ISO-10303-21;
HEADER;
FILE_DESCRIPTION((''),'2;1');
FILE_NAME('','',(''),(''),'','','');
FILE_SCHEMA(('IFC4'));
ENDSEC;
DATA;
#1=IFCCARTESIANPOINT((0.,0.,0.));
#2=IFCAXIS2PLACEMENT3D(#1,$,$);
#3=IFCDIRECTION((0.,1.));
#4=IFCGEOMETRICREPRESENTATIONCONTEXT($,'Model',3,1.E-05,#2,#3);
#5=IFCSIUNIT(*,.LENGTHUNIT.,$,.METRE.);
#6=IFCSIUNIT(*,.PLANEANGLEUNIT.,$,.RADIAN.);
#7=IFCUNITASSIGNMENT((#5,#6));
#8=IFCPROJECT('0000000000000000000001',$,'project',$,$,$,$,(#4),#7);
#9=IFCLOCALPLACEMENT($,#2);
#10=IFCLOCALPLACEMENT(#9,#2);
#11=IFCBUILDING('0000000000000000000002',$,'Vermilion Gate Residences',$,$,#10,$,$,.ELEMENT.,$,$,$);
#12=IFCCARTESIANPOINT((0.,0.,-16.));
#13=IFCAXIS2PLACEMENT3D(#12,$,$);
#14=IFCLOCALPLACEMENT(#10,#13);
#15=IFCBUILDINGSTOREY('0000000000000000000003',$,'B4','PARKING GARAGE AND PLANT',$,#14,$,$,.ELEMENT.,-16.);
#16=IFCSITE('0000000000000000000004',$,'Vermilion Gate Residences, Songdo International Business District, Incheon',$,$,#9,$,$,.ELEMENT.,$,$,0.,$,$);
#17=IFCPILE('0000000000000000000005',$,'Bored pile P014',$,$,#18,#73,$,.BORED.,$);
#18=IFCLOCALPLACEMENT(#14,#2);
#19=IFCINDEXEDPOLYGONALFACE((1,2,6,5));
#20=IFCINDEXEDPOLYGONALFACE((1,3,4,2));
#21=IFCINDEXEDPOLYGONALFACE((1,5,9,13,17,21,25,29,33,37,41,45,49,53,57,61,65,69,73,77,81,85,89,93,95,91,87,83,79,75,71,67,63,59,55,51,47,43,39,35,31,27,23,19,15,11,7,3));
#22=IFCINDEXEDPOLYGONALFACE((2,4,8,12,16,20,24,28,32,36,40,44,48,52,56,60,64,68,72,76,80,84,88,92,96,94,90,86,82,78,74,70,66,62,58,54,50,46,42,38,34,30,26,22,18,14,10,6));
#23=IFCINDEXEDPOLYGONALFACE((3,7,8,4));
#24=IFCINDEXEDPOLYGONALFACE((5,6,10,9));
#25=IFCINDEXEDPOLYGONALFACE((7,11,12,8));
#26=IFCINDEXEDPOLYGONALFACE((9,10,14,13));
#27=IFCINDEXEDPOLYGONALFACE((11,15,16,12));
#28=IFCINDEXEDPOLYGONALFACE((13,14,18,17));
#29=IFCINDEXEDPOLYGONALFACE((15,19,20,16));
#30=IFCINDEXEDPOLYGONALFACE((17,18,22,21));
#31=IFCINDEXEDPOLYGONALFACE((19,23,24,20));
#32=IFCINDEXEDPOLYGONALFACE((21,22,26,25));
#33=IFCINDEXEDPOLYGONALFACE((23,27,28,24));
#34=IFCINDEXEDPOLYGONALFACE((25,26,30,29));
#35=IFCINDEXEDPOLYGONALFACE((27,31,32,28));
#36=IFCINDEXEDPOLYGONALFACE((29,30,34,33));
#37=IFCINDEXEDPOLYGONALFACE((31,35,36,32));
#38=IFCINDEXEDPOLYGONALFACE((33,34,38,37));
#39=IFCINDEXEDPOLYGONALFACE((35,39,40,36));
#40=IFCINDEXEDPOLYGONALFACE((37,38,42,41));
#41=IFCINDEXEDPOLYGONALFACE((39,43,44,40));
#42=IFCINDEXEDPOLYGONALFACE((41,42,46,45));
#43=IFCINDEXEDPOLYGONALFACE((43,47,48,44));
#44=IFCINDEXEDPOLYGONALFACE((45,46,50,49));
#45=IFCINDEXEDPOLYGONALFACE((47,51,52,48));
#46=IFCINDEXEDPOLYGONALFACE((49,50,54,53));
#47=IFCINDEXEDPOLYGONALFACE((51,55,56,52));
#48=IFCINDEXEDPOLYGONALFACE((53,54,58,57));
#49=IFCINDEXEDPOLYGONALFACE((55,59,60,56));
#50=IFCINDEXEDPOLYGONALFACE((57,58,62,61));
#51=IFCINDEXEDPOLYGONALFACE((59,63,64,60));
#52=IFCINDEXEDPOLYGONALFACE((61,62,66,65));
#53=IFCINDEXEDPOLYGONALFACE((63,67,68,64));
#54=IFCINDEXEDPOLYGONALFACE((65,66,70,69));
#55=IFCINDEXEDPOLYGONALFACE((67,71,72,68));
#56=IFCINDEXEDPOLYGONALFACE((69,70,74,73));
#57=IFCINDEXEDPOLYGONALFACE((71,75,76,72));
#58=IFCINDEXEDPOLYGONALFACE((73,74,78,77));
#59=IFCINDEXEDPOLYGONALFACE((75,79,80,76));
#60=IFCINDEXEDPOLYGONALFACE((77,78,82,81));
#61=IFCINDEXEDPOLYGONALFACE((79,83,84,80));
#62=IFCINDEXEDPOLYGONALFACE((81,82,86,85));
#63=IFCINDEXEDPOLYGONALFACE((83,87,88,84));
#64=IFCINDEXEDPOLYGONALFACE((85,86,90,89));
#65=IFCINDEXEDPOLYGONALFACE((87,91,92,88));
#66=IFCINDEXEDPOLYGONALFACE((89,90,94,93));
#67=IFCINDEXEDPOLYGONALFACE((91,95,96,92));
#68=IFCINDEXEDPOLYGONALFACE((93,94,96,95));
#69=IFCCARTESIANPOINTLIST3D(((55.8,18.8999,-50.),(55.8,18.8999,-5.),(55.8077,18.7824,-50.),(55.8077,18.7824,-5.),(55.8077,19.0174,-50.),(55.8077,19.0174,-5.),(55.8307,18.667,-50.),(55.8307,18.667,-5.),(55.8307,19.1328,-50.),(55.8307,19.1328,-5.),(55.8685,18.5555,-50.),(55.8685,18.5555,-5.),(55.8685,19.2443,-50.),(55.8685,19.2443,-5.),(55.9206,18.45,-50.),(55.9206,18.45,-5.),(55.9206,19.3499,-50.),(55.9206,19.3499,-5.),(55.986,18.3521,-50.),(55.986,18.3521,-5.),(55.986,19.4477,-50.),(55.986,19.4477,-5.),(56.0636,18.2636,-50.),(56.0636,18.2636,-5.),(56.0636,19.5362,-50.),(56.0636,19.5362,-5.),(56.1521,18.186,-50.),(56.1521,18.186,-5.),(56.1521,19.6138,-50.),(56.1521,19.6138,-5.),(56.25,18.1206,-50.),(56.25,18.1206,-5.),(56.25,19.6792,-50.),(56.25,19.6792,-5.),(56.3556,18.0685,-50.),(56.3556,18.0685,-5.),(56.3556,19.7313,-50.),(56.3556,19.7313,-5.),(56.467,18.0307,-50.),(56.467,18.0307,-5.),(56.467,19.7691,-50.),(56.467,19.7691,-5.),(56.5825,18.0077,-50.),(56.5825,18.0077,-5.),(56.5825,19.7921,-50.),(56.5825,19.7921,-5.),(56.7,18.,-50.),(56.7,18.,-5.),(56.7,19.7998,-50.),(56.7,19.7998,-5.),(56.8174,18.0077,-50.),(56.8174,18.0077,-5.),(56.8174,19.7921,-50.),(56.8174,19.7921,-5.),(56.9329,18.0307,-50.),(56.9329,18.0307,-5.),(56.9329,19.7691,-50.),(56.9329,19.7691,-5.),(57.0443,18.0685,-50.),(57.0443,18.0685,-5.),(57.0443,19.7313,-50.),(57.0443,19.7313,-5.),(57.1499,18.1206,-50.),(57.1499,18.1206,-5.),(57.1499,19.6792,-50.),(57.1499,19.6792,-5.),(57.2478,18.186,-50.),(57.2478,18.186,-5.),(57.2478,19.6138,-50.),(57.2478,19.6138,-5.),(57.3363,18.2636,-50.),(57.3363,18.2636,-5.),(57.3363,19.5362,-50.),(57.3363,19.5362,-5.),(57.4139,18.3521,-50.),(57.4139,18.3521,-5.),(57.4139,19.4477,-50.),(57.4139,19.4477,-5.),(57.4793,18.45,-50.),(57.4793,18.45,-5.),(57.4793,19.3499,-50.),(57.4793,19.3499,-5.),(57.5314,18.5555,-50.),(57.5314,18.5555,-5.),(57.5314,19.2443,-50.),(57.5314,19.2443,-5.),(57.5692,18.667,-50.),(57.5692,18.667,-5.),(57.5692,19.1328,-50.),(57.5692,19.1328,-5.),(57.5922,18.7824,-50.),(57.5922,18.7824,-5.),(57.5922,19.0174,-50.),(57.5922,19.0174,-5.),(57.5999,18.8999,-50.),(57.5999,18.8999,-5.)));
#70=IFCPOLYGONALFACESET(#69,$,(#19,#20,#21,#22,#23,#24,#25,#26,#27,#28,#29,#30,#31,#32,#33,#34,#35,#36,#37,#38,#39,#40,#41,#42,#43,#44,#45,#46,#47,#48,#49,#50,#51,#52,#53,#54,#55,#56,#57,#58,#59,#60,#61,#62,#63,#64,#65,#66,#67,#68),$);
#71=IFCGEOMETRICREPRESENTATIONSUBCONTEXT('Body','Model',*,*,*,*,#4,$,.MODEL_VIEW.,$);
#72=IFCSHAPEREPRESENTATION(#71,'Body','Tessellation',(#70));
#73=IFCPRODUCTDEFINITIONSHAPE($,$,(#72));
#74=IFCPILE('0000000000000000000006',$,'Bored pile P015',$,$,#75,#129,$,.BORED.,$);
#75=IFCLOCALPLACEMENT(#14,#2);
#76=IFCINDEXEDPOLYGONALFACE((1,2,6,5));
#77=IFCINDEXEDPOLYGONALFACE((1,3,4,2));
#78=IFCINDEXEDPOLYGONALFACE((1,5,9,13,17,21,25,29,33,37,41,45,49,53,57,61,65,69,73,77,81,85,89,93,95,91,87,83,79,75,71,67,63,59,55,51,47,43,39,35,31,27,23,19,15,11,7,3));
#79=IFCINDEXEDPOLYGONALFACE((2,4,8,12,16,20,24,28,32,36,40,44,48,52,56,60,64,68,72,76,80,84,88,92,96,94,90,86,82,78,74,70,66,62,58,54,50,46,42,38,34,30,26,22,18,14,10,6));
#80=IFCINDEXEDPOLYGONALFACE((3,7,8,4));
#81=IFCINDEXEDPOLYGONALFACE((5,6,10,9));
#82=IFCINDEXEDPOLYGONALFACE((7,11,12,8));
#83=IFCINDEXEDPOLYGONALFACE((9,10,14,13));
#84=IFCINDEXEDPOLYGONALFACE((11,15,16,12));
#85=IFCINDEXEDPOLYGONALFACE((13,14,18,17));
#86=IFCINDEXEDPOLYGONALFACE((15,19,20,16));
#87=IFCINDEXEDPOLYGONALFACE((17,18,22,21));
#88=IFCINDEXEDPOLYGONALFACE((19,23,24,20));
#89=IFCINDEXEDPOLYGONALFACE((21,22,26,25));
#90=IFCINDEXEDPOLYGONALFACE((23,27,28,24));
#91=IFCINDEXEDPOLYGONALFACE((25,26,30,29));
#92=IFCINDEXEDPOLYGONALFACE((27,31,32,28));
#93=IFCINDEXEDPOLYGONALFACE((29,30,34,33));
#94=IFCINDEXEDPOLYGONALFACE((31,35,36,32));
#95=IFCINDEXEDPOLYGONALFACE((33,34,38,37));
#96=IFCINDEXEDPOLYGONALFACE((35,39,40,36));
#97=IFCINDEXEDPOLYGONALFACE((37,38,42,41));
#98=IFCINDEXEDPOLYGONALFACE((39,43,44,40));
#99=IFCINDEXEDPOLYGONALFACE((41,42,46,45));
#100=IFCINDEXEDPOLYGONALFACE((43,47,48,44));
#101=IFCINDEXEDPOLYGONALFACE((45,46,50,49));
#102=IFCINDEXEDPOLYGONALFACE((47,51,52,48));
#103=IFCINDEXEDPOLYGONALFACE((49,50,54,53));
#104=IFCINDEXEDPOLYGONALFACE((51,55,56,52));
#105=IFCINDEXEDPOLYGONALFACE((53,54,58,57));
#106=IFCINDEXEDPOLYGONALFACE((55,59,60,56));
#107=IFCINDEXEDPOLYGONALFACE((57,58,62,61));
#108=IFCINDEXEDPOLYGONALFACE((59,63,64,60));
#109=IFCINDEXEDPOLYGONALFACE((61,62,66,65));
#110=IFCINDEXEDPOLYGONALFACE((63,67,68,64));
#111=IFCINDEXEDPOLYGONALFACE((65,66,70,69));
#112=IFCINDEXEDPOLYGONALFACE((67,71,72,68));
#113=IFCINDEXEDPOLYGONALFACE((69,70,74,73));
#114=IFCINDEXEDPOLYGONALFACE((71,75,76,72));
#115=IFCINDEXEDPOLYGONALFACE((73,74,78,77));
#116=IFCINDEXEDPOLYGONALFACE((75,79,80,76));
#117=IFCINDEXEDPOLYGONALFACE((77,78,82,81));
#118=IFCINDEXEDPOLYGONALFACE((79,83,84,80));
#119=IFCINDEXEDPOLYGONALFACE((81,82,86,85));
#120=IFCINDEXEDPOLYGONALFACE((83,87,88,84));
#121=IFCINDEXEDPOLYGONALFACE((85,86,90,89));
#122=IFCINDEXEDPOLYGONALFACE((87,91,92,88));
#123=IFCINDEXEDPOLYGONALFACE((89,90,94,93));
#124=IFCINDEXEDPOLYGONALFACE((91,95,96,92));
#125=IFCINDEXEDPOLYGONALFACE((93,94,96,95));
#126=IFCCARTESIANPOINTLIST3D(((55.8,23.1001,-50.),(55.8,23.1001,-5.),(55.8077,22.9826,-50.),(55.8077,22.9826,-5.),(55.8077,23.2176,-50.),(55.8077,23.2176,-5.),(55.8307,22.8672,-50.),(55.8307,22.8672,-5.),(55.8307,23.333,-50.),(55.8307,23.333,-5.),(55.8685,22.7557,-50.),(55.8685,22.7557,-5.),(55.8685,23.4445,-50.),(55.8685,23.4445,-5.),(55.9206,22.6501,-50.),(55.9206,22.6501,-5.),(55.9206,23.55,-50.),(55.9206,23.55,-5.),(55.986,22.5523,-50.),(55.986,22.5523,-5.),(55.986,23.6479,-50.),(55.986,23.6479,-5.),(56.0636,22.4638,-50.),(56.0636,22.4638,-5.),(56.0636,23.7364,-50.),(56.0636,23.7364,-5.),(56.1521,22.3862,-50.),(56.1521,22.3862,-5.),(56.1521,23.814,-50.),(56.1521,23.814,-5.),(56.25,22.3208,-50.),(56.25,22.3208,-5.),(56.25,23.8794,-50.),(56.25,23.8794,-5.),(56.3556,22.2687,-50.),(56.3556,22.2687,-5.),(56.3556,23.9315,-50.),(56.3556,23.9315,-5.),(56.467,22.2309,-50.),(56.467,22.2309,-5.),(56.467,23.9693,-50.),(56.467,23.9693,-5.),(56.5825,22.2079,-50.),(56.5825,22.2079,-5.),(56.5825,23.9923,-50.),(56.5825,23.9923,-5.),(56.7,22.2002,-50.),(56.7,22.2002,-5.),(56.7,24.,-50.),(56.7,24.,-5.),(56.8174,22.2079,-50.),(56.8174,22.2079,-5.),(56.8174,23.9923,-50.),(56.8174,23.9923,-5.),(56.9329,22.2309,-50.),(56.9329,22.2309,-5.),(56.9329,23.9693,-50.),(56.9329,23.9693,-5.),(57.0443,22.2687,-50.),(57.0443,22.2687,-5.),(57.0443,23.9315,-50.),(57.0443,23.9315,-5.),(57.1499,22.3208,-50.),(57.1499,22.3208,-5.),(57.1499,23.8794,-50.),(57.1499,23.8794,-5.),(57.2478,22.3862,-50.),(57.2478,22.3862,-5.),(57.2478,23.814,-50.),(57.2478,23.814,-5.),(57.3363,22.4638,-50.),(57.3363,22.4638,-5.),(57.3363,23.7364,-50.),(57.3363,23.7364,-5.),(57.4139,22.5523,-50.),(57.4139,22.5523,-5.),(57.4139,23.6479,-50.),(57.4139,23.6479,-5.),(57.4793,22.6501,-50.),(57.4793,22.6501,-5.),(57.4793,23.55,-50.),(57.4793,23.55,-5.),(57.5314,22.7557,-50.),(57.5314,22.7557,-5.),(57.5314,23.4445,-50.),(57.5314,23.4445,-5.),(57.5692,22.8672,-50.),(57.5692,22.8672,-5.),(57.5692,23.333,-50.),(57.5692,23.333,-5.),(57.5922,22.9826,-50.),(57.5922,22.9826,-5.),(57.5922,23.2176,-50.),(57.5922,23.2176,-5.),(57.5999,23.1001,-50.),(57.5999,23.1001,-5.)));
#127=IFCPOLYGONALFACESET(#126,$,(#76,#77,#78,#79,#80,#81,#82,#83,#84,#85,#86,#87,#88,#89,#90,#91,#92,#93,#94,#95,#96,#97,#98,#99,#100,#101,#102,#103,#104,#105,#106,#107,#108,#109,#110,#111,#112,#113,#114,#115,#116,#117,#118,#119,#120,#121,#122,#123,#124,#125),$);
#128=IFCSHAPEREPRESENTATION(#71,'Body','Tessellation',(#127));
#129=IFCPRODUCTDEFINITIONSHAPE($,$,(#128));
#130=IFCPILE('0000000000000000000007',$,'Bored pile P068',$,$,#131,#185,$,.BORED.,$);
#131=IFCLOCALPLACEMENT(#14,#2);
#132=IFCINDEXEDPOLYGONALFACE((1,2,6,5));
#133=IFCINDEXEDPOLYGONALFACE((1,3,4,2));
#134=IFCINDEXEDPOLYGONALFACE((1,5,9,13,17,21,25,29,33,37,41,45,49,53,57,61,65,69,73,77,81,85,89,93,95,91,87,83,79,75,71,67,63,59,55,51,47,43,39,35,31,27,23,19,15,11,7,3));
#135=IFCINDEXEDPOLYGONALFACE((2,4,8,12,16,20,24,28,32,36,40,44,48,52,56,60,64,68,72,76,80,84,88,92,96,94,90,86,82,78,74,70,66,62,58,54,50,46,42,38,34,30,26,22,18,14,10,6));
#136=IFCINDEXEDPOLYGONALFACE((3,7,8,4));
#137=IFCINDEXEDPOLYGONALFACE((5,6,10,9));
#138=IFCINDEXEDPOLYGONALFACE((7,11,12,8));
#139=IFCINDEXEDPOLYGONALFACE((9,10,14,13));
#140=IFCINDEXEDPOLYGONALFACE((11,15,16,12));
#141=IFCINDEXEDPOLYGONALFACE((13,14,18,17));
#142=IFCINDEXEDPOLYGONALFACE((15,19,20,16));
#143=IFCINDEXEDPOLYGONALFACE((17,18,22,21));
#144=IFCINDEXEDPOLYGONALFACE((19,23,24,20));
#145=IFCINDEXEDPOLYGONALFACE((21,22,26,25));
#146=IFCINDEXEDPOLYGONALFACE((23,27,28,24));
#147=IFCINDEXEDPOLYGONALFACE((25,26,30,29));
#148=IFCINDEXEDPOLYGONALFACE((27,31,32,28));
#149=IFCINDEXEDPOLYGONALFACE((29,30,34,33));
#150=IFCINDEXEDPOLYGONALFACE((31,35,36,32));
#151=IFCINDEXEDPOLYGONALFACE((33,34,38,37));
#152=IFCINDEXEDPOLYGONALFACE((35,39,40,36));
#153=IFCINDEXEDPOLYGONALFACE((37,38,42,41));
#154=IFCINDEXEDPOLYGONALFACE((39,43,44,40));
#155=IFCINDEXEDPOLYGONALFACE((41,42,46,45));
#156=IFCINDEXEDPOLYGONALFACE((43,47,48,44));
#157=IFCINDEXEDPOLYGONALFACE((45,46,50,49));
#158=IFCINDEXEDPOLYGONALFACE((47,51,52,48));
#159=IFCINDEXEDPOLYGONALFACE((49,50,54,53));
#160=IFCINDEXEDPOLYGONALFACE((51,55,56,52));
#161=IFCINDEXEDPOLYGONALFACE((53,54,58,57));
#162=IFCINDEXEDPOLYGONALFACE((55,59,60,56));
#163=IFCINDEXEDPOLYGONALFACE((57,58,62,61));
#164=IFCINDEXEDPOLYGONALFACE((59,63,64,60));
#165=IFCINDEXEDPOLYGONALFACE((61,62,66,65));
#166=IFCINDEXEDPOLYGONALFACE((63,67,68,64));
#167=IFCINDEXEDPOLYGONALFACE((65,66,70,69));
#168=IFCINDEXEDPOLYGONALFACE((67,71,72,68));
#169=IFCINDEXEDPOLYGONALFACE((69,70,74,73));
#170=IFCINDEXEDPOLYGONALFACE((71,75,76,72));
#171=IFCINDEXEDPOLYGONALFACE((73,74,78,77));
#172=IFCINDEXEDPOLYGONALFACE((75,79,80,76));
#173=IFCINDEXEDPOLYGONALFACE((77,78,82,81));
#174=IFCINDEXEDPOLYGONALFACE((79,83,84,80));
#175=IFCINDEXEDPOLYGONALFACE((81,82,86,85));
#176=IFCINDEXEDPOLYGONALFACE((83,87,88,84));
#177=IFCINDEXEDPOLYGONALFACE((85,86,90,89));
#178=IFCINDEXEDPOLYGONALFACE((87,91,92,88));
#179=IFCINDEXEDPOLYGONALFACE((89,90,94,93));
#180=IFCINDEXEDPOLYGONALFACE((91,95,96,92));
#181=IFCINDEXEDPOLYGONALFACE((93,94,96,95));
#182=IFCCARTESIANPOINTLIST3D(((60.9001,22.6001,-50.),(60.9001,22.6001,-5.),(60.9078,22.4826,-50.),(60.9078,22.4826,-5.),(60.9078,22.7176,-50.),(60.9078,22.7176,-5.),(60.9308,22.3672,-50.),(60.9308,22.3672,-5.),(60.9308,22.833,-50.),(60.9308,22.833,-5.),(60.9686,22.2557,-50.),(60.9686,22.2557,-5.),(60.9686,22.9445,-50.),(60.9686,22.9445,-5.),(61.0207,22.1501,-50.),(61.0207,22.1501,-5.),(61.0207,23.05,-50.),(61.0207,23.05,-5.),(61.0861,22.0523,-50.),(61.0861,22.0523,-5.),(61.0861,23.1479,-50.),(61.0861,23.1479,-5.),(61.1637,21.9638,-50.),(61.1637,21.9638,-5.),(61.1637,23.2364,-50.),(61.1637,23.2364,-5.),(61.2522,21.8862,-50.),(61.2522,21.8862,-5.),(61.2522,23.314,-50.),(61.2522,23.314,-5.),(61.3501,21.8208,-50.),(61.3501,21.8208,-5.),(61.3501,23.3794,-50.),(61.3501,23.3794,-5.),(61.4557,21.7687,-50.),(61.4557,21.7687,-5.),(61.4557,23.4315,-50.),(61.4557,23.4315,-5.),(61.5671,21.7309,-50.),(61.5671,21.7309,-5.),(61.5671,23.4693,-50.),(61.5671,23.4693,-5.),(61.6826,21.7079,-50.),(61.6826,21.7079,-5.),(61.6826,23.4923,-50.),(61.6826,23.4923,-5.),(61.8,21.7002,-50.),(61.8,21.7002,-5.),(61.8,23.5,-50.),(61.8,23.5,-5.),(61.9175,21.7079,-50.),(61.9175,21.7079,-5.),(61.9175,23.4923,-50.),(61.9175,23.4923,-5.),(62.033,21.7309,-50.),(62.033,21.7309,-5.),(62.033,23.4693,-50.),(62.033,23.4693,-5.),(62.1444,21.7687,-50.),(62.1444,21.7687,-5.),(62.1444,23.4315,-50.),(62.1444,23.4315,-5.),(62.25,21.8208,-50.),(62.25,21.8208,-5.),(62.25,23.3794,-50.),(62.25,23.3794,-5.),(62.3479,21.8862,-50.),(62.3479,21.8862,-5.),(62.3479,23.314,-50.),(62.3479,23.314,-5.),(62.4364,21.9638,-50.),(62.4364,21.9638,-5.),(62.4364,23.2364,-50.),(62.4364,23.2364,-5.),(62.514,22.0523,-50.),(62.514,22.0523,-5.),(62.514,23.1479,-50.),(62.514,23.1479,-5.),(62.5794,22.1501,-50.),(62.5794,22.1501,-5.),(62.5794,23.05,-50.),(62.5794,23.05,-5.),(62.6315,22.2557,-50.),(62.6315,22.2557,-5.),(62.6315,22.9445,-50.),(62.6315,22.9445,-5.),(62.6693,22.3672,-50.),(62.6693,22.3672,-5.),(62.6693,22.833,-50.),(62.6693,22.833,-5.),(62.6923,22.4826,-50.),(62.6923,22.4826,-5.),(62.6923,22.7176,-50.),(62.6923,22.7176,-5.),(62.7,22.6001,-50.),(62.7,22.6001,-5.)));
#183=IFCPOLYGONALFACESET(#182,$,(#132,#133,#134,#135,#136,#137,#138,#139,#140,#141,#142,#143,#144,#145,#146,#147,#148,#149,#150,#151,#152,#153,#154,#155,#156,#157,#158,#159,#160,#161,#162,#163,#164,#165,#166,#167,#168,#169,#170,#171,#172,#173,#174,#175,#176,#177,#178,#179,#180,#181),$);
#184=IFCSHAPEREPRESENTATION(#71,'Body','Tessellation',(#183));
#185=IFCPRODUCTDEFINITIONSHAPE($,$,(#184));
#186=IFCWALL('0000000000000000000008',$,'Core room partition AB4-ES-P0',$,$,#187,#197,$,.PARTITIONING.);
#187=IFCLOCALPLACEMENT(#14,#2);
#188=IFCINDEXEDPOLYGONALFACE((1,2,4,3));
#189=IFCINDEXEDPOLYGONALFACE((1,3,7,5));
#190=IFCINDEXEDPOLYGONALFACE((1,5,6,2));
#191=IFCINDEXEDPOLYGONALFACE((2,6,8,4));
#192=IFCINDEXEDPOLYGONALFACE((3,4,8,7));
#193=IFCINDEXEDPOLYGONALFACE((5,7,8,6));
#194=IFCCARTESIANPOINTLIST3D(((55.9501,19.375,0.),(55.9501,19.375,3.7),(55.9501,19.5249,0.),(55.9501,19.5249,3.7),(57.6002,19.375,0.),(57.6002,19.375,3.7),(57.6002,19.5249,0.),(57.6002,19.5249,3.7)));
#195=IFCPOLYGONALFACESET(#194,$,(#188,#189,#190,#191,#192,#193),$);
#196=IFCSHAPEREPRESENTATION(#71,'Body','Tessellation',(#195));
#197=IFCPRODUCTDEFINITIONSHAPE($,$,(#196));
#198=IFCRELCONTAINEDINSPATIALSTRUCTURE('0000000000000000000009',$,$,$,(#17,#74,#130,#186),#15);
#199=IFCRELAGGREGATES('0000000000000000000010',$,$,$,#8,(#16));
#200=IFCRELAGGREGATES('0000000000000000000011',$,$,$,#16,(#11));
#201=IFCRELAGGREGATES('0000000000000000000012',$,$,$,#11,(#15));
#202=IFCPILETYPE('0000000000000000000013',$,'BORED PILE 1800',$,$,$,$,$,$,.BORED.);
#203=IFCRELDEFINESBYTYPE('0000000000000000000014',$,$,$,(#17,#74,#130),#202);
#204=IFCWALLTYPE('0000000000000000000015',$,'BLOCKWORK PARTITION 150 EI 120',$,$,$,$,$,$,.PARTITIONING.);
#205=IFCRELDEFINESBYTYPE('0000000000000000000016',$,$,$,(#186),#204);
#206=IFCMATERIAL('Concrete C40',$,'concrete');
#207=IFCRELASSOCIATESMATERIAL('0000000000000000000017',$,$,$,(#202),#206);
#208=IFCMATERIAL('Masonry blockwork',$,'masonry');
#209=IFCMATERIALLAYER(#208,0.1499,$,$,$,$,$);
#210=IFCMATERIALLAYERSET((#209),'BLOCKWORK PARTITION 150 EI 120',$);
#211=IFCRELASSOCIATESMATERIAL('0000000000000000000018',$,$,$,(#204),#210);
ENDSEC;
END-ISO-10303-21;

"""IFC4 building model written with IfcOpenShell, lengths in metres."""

from ifc_helpers import new_model, si_unit, direction, frame, frame_2d, origin, origin_2d, place, context, subcontext, project, spatial, rectangle, circle, extrude, material, layer, layer_set, material_profile, profile_set, type_object, element, save


model = new_model("IFC4")

# Units and contexts
model_context = context("Model", 3, precision=1e-05, world=origin(), true_north=direction((0.0, 1.0)))
body_context = subcontext(model_context, "Body", "Model", "MODEL_VIEW")
ifc_project = project(units=[si_unit("LENGTHUNIT", "METRE"), si_unit("PLANEANGLEUNIT", "RADIAN")], contexts=[model_context])

# Site, building, storey
site_placement = place(None, origin())
site = spatial("IfcSite", under=ifc_project, at=site_placement, Name="Vermilion Gate Residences, Songdo International Business District, Incheon", CompositionType="ELEMENT", RefElevation=0.0)
building_placement = place(site_placement, origin())
building = spatial("IfcBuilding", under=site, at=building_placement, Name="Vermilion Gate Residences", CompositionType="ELEMENT")
storey_placement = place(building_placement, frame((0.0, 0.0, -16.0)))
storey = spatial("IfcBuildingStorey", under=building, at=storey_placement, Name="B4", Description="PARKING GARAGE AND PLANT", CompositionType="ELEMENT", Elevation=-16.0)

# Piles
ifc_material_1 = material(Name="Concrete C40", Category="concrete")
ifc_material_profile_1 = material_profile(ifc_material_1, circle(Radius=0.8999, at=origin_2d()), Name="BORED PILE 1800")
ifc_profile_set_1 = profile_set([ifc_material_profile_1], Name="Concrete C40")
pile_type_1 = type_object("IfcPileType", Name="BORED PILE 1800", PredefinedType="BORED", material=ifc_profile_set_1)
for number, where, z_axis, x_axis, name in (
    (1, (56.7, 18.8999, -5.0), (0.0, 0.0, -1.0), (1.0, 0.0, 0.0), "Bored pile P014"),
    (2, (56.7, 23.1001, -5.0), (0.0, 0.0, -1.0), (1.0, 0.0, 0.0), "Bored pile P015"),
    (3, (61.8, 22.6001, -5.0), (0.0, 0.0, -1.0), (1.0, 0.0, 0.0), "Bored pile P068"),
):
    element("IfcPile", number, at=place(storey_placement, frame(where, z_axis=z_axis, x_axis=x_axis)), inside=storey, type_object=pile_type_1, Name=name, PredefinedType="BORED", context=body_context, shape_type="SweptSolid", body=[
        extrude(circle(Radius=0.8999, at=origin_2d()), origin(), (0.0, 0.0, 1.0), 45.0),
    ])

# Wall
ifc_material_2 = material(Name="Masonry blockwork", Category="masonry")
ifc_layer_1 = layer(ifc_material_2, 0.1499)
ifc_layer_set_1 = layer_set([ifc_layer_1], Name="BLOCKWORK PARTITION 150 EI 120")
wall_type_1 = type_object("IfcWallType", Name="BLOCKWORK PARTITION 150 EI 120", PredefinedType="PARTITIONING", material=ifc_layer_set_1)
wall_1_placement = place(storey_placement, frame((55.95, 19.45, 0.0), z_axis=(0.0, 0.0, 1.0), x_axis=(1.0, 0.0, 0.0)))
element("IfcWall", 4, at=wall_1_placement, inside=storey, type_object=wall_type_1, Name="Core room partition AB4-ES-P0", PredefinedType="PARTITIONING", context=body_context, shape_type="SweptSolid", body=[
    extrude(rectangle(XDim=1.6501, YDim=0.1499, at=frame_2d((0.8252, 0.0))), origin(), (0.0, 0.0, 1.0), 3.7),
])

save(model, "model.ifc")
